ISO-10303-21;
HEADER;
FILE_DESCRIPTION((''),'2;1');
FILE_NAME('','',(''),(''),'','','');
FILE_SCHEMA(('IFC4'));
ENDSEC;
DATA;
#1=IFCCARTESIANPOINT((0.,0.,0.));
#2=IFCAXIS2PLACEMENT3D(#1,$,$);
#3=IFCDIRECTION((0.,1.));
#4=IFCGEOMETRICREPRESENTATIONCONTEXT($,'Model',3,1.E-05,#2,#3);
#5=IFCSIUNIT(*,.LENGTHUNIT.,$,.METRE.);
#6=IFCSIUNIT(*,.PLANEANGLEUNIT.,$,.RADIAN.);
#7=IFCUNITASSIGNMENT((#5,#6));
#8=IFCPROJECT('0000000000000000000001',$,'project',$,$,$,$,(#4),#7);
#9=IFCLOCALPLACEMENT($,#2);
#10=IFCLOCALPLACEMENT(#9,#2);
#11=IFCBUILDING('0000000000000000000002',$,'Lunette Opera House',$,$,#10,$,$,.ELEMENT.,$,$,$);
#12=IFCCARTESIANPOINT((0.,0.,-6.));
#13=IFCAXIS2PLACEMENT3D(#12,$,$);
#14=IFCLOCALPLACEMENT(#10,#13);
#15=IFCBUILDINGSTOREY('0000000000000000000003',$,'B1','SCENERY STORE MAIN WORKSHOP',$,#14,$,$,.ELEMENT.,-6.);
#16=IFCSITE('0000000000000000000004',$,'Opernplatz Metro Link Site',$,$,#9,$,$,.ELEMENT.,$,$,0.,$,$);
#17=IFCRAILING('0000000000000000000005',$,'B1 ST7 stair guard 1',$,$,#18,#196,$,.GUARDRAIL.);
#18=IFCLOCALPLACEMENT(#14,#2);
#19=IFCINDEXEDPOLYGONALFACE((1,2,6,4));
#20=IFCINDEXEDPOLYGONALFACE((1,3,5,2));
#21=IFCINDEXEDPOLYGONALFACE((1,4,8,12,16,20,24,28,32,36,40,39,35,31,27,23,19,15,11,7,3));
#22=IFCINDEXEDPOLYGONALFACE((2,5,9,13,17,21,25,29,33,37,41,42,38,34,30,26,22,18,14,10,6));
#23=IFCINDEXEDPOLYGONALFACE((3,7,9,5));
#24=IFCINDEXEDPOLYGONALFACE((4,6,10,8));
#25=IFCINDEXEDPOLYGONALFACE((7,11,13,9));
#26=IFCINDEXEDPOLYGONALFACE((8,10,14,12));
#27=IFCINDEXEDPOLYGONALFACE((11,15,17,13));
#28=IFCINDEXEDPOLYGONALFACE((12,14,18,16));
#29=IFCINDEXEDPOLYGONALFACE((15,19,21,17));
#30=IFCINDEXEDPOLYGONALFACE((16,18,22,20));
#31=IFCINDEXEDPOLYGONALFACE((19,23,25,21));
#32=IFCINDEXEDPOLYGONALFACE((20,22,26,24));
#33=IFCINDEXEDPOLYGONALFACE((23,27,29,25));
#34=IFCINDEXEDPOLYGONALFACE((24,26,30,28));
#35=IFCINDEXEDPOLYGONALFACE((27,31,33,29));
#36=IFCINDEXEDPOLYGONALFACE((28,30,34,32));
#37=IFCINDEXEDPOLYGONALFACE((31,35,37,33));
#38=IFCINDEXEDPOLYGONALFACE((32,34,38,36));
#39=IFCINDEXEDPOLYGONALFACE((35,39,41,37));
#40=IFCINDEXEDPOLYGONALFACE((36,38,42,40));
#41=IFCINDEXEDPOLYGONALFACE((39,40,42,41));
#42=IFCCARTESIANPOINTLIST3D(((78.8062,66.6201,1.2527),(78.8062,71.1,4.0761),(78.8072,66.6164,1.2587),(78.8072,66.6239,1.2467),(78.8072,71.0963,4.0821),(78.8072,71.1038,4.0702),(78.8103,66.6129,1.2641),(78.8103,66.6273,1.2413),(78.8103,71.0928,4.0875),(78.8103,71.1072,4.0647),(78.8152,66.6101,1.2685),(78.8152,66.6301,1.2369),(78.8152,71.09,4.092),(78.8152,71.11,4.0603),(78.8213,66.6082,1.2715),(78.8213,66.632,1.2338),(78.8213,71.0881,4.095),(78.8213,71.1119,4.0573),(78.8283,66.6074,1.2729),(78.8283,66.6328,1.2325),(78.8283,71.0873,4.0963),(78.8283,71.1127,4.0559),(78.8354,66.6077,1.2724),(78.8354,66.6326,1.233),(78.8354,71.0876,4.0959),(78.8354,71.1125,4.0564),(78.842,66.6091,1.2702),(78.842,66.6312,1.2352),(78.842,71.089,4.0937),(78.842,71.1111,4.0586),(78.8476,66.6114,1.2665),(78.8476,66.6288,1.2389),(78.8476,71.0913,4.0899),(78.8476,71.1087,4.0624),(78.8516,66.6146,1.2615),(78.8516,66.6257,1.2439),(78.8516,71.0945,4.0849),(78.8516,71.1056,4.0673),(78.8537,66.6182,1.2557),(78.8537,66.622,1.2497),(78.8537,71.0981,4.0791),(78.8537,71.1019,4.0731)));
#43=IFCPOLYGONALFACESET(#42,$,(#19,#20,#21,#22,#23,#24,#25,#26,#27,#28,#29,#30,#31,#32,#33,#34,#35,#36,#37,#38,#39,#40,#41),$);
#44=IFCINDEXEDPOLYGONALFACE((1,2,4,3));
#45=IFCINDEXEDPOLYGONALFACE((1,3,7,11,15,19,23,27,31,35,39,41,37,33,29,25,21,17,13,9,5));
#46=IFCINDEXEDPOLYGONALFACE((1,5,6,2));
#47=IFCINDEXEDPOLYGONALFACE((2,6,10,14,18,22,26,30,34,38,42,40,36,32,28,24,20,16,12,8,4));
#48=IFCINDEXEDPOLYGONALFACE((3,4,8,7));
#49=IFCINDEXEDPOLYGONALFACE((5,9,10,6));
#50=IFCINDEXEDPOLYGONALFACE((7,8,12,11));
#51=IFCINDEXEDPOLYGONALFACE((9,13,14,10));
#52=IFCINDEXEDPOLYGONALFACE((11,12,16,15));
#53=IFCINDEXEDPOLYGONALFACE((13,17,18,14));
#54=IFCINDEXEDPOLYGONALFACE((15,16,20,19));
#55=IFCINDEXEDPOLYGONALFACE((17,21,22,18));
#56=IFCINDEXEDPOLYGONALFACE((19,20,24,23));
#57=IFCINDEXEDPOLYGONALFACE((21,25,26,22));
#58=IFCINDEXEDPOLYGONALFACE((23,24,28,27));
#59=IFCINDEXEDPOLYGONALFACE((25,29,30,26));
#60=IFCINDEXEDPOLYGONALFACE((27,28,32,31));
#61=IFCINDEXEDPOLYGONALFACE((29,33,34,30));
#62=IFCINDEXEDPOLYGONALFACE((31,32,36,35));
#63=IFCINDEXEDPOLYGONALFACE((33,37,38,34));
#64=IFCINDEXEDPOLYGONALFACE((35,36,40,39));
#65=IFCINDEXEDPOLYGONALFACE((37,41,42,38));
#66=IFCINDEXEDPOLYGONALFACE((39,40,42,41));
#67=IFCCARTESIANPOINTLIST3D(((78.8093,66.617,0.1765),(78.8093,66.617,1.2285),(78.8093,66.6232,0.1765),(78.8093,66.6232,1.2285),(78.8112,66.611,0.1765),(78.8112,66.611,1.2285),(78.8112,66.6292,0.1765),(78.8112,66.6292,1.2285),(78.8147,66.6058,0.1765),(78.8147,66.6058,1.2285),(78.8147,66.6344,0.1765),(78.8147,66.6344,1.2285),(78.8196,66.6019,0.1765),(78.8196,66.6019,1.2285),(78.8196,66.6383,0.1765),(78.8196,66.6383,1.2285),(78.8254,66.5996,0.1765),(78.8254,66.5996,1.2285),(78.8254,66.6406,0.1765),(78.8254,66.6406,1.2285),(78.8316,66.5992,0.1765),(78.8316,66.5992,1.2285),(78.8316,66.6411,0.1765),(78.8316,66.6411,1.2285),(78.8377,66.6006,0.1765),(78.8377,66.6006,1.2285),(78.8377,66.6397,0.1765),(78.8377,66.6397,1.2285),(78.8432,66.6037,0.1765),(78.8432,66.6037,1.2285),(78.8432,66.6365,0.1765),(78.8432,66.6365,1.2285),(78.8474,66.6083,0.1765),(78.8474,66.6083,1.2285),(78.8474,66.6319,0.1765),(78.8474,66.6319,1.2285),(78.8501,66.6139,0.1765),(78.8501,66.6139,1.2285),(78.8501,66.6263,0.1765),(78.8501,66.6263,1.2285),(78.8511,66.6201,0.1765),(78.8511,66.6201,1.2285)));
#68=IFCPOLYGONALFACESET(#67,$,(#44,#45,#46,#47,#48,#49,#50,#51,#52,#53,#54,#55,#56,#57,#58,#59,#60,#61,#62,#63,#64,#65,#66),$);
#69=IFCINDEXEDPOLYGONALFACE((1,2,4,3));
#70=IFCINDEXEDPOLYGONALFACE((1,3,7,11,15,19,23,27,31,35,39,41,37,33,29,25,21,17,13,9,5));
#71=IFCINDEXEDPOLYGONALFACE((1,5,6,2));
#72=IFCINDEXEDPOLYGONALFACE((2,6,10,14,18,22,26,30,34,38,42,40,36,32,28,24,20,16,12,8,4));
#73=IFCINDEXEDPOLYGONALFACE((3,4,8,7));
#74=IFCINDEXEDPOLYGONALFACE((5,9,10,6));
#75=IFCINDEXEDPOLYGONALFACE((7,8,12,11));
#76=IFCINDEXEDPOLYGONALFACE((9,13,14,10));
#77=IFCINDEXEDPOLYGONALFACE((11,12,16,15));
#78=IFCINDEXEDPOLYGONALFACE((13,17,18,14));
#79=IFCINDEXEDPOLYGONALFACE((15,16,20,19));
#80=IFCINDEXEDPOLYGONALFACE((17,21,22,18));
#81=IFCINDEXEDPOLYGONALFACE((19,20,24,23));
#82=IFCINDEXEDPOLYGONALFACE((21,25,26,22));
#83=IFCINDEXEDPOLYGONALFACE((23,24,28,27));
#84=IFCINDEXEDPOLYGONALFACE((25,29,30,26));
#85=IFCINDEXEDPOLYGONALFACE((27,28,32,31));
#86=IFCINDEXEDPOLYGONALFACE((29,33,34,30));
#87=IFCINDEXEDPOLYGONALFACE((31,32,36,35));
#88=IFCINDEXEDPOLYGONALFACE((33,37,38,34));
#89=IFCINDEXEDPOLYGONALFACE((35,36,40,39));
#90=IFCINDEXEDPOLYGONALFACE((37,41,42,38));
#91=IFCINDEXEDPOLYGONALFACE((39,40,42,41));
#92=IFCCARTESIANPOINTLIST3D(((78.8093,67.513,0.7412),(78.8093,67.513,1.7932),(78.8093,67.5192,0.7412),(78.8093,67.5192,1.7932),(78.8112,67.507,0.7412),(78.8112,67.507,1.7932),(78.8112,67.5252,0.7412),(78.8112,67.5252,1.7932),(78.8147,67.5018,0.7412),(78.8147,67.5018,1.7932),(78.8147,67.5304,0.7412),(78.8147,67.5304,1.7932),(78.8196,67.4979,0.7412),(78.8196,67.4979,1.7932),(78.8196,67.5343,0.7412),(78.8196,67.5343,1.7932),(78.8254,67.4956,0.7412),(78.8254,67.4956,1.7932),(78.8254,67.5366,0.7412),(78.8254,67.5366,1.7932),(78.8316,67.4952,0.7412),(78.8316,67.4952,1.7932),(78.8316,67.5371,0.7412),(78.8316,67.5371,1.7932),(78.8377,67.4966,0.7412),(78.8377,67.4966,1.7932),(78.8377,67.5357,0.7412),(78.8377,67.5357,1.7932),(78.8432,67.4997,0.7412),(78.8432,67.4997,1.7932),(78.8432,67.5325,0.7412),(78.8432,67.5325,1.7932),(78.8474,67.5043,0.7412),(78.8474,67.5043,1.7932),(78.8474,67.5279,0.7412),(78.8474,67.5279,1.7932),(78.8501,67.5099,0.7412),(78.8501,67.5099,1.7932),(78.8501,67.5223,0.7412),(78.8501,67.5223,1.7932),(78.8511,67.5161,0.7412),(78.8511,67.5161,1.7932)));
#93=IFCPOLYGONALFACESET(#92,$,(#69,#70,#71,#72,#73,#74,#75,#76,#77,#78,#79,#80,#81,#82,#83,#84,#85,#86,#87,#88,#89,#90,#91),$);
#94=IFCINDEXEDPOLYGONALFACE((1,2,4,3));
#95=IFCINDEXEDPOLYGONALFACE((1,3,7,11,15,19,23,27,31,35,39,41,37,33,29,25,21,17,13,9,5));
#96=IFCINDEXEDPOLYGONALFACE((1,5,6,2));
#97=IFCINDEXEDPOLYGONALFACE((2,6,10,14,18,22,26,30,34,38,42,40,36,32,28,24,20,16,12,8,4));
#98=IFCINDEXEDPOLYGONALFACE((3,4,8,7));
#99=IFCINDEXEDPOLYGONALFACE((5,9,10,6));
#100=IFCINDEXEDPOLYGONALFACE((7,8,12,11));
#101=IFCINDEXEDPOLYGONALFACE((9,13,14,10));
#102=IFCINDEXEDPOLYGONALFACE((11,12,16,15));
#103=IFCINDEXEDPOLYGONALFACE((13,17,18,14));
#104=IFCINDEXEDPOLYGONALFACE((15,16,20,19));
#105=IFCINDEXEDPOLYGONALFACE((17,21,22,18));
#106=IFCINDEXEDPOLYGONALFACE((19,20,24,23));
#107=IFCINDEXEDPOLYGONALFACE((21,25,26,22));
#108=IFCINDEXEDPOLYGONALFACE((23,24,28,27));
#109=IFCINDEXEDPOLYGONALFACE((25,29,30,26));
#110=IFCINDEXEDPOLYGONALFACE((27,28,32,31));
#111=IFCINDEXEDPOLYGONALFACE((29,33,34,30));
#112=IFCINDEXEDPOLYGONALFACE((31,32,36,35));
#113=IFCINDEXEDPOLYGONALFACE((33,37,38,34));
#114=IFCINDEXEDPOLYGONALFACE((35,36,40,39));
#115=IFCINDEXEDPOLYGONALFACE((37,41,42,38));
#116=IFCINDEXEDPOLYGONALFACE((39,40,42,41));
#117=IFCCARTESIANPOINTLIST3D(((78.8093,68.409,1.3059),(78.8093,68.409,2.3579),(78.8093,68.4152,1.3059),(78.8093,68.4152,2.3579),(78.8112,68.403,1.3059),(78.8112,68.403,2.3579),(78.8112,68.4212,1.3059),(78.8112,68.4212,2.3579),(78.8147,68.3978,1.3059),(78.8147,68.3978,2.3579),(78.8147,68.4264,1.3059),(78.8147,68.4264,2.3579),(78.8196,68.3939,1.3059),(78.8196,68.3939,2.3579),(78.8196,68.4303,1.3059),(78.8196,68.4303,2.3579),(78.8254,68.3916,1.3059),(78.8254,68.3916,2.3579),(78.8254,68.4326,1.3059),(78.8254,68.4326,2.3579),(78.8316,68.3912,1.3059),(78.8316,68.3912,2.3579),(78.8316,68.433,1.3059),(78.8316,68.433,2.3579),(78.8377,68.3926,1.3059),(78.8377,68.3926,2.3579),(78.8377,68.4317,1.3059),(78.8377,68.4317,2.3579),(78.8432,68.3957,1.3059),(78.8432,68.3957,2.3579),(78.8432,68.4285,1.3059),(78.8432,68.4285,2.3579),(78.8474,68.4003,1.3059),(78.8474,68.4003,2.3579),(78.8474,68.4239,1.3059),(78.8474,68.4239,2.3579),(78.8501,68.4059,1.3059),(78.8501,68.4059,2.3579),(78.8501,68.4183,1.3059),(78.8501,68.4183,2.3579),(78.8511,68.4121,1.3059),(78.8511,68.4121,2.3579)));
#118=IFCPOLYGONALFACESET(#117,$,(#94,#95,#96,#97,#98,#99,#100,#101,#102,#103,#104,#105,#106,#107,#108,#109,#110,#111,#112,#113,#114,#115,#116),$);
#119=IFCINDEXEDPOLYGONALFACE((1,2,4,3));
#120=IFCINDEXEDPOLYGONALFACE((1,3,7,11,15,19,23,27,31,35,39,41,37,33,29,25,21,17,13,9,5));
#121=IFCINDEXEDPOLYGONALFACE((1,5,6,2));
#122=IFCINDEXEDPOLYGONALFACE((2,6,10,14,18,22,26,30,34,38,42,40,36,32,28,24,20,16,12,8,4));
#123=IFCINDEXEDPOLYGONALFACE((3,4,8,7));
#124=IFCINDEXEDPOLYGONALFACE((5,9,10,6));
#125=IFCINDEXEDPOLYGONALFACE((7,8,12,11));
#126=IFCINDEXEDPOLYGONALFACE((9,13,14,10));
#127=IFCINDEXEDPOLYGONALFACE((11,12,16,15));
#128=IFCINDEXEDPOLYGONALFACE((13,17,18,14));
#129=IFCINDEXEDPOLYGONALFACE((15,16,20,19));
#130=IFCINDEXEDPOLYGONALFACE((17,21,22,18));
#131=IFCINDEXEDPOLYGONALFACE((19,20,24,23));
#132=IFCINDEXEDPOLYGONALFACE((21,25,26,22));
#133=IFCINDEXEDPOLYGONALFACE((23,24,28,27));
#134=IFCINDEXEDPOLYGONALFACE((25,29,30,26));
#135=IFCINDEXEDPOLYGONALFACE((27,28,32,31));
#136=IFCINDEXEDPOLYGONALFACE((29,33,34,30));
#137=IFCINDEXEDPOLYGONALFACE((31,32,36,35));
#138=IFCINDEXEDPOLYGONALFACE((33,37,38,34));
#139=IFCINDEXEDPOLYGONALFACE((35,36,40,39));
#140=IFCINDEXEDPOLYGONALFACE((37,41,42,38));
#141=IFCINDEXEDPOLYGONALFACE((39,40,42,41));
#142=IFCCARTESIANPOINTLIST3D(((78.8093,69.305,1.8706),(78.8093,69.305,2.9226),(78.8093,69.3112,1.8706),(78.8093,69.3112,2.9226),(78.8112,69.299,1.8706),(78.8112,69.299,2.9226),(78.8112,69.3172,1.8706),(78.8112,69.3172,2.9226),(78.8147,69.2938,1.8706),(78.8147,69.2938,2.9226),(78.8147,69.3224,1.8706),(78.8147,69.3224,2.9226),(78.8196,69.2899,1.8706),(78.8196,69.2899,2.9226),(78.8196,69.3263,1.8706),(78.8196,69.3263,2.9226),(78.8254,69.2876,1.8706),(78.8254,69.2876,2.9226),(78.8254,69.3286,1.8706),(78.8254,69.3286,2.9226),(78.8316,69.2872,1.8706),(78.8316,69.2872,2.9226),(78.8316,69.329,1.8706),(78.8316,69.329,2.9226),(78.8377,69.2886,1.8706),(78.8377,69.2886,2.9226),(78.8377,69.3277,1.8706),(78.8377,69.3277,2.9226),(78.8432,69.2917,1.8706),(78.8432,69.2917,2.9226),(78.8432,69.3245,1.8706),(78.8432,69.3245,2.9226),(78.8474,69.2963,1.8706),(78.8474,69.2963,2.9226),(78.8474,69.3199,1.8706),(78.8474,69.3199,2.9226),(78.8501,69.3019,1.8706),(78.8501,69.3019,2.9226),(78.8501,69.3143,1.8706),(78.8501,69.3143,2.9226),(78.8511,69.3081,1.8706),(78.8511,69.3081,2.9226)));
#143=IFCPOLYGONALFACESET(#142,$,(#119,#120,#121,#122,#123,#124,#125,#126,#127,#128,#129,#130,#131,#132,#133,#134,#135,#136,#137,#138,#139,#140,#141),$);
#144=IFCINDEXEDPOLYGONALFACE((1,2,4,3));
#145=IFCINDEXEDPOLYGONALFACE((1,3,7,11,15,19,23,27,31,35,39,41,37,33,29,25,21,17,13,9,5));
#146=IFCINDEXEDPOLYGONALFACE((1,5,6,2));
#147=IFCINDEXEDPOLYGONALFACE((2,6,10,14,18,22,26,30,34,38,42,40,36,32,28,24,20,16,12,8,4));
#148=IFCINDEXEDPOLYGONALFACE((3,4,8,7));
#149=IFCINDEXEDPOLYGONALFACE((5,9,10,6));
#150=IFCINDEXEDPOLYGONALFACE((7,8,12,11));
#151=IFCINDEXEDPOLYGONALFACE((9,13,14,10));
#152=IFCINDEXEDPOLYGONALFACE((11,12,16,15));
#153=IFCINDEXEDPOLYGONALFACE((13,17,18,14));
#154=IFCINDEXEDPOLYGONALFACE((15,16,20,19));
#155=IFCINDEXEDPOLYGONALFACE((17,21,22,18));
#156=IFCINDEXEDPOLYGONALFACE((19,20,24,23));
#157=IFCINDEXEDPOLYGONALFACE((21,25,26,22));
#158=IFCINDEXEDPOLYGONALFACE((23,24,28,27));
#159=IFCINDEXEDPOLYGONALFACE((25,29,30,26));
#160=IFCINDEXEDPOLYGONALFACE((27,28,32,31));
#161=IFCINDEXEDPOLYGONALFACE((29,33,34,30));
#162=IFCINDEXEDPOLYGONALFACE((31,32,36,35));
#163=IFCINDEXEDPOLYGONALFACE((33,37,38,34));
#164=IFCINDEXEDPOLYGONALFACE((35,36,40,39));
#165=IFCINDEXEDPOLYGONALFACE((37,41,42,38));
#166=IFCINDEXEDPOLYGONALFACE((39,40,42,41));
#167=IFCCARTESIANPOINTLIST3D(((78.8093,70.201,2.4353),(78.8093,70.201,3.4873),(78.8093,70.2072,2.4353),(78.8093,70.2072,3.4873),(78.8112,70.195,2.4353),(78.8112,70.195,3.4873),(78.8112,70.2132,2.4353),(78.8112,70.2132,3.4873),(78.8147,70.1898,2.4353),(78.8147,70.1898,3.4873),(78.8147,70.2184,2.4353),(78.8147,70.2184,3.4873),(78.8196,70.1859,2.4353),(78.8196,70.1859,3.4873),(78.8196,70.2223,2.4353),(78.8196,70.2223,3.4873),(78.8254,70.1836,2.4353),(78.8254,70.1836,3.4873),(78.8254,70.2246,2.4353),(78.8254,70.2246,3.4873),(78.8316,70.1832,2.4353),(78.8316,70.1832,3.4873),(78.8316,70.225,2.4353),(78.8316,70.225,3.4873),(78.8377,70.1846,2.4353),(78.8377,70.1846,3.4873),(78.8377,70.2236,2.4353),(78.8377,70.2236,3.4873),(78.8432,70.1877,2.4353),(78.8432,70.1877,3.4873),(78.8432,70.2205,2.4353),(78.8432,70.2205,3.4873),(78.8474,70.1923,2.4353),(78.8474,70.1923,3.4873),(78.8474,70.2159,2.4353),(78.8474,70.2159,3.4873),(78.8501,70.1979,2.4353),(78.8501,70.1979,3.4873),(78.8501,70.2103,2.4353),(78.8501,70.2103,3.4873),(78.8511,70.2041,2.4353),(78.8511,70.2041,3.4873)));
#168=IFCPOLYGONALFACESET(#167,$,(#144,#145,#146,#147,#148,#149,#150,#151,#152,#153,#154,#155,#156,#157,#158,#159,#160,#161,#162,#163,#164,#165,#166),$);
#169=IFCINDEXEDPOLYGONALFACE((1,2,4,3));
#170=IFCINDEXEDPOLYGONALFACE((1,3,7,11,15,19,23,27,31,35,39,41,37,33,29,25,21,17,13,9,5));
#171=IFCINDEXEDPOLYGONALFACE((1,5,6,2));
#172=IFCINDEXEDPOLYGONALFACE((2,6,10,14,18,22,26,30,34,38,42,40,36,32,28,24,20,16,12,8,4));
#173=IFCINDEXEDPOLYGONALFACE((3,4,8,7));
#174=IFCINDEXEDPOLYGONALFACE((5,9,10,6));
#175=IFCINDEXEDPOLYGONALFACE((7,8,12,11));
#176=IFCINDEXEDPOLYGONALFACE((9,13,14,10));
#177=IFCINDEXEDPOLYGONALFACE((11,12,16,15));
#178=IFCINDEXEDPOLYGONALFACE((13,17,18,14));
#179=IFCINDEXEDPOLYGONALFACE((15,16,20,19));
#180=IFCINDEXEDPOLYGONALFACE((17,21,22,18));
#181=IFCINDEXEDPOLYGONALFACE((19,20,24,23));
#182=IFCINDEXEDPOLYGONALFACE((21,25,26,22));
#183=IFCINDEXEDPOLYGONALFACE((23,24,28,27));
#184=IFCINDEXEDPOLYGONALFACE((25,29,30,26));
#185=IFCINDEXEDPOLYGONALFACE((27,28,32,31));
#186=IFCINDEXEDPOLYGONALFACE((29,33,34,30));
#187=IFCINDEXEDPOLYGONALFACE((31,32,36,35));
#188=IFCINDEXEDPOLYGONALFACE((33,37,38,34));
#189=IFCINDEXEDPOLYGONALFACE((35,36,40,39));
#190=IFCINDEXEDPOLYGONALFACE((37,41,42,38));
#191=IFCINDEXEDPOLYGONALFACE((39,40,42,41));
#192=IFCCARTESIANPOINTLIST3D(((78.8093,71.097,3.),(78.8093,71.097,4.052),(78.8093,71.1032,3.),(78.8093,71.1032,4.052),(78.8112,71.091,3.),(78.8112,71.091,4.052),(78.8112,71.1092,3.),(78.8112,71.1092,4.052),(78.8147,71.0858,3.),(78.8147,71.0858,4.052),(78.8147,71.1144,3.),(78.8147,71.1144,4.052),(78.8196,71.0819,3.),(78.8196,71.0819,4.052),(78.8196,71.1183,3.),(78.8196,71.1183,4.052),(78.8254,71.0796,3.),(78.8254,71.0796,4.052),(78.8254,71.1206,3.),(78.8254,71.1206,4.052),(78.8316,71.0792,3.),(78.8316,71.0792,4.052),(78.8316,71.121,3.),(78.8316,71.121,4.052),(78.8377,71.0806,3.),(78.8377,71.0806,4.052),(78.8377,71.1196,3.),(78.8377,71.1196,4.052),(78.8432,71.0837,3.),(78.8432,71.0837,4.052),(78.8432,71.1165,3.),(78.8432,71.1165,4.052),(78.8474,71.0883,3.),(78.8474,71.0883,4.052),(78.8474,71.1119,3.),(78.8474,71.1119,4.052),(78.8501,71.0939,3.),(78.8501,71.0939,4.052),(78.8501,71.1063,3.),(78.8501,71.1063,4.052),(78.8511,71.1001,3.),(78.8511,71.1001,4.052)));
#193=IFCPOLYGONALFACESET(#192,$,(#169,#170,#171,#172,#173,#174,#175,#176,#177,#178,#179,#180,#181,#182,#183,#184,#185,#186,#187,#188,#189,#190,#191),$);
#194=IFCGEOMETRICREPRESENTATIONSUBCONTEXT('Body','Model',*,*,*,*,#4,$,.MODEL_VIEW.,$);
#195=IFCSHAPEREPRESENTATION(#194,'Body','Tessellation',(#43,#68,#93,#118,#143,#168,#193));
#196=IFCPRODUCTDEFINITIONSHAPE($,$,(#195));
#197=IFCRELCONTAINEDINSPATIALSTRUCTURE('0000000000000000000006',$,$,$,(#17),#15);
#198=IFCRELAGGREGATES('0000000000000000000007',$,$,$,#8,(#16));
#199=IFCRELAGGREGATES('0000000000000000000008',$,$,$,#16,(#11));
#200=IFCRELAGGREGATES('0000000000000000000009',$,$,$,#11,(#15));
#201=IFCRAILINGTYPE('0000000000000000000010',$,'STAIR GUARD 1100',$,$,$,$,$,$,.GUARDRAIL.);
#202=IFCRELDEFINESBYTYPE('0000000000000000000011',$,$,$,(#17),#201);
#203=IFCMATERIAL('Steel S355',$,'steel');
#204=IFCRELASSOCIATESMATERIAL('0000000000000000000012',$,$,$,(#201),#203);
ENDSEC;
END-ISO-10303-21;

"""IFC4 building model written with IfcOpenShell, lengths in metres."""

from ifc_helpers import new_model, si_unit, direction, frame, origin, origin_2d, place, context, subcontext, project, spatial, circle, extrude, material, type_object, element, save


model = new_model("IFC4")

# Units and contexts
model_context = context("Model", 3, precision=1e-05, world=origin(), true_north=direction((0.0, 1.0)))
body_context = subcontext(model_context, "Body", "Model", "MODEL_VIEW")
ifc_project = project(units=[si_unit("LENGTHUNIT", "METRE"), si_unit("PLANEANGLEUNIT", "RADIAN")], contexts=[model_context])

# Site, building, storey
site_placement = place(None, origin())
site = spatial("IfcSite", under=ifc_project, at=site_placement, Name="Opernplatz Metro Link Site", CompositionType="ELEMENT", RefElevation=0.0)
building_placement = place(site_placement, origin())
building = spatial("IfcBuilding", under=site, at=building_placement, Name="Lunette Opera House", CompositionType="ELEMENT")
storey_placement = place(building_placement, frame((0.0, 0.0, -6.0)))
storey = spatial("IfcBuildingStorey", under=building, at=storey_placement, Name="B1", Description="SCENERY STORE MAIN WORKSHOP", CompositionType="ELEMENT", Elevation=-6.0)

# Railing
ifc_material_1 = material(Name="Steel S355", Category="steel")
railing_type_1 = type_object("IfcRailingType", Name="STAIR GUARD 1100", PredefinedType="GUARDRAIL", material=ifc_material_1)
railing_1_placement = place(storey_placement, frame((78.8301, 66.6201, 0.1765)))
element("IfcRailing", 1, at=railing_1_placement, inside=storey, type_object=railing_type_1, Name="B1 ST7 stair guard 1", PredefinedType="GUARDRAIL", context=body_context, shape_type="SweptSolid", body=[
    extrude(circle(Radius=0.0239, at=origin_2d()), frame((0.0, 0.0, 1.0762), z_axis=(0.0, 0.845998, 0.533186), x_axis=(-1.0, 0.0, 0.0)), (0.0, 0.0, 1.0), 5.2954),
    extrude(circle(Radius=0.021, at=origin_2d()), origin(), (0.0, 0.0, 1.0), 1.052),
    extrude(circle(Radius=0.021, at=origin_2d()), frame((0.0, 0.896, 0.5647)), (0.0, 0.0, 1.0), 1.052),
    extrude(circle(Radius=0.021, at=origin_2d()), frame((0.0, 1.792, 1.1294)), (0.0, 0.0, 1.0), 1.052),
    extrude(circle(Radius=0.021, at=origin_2d()), frame((0.0, 2.688, 1.6941)), (0.0, 0.0, 1.0), 1.052),
    extrude(circle(Radius=0.021, at=origin_2d()), frame((0.0, 3.584, 2.2588)), (0.0, 0.0, 1.0), 1.052),
    extrude(circle(Radius=0.021, at=origin_2d()), frame((0.0, 4.48, 2.8235)), (0.0, 0.0, 1.0), 1.052),
])

save(model, "model.ifc")
